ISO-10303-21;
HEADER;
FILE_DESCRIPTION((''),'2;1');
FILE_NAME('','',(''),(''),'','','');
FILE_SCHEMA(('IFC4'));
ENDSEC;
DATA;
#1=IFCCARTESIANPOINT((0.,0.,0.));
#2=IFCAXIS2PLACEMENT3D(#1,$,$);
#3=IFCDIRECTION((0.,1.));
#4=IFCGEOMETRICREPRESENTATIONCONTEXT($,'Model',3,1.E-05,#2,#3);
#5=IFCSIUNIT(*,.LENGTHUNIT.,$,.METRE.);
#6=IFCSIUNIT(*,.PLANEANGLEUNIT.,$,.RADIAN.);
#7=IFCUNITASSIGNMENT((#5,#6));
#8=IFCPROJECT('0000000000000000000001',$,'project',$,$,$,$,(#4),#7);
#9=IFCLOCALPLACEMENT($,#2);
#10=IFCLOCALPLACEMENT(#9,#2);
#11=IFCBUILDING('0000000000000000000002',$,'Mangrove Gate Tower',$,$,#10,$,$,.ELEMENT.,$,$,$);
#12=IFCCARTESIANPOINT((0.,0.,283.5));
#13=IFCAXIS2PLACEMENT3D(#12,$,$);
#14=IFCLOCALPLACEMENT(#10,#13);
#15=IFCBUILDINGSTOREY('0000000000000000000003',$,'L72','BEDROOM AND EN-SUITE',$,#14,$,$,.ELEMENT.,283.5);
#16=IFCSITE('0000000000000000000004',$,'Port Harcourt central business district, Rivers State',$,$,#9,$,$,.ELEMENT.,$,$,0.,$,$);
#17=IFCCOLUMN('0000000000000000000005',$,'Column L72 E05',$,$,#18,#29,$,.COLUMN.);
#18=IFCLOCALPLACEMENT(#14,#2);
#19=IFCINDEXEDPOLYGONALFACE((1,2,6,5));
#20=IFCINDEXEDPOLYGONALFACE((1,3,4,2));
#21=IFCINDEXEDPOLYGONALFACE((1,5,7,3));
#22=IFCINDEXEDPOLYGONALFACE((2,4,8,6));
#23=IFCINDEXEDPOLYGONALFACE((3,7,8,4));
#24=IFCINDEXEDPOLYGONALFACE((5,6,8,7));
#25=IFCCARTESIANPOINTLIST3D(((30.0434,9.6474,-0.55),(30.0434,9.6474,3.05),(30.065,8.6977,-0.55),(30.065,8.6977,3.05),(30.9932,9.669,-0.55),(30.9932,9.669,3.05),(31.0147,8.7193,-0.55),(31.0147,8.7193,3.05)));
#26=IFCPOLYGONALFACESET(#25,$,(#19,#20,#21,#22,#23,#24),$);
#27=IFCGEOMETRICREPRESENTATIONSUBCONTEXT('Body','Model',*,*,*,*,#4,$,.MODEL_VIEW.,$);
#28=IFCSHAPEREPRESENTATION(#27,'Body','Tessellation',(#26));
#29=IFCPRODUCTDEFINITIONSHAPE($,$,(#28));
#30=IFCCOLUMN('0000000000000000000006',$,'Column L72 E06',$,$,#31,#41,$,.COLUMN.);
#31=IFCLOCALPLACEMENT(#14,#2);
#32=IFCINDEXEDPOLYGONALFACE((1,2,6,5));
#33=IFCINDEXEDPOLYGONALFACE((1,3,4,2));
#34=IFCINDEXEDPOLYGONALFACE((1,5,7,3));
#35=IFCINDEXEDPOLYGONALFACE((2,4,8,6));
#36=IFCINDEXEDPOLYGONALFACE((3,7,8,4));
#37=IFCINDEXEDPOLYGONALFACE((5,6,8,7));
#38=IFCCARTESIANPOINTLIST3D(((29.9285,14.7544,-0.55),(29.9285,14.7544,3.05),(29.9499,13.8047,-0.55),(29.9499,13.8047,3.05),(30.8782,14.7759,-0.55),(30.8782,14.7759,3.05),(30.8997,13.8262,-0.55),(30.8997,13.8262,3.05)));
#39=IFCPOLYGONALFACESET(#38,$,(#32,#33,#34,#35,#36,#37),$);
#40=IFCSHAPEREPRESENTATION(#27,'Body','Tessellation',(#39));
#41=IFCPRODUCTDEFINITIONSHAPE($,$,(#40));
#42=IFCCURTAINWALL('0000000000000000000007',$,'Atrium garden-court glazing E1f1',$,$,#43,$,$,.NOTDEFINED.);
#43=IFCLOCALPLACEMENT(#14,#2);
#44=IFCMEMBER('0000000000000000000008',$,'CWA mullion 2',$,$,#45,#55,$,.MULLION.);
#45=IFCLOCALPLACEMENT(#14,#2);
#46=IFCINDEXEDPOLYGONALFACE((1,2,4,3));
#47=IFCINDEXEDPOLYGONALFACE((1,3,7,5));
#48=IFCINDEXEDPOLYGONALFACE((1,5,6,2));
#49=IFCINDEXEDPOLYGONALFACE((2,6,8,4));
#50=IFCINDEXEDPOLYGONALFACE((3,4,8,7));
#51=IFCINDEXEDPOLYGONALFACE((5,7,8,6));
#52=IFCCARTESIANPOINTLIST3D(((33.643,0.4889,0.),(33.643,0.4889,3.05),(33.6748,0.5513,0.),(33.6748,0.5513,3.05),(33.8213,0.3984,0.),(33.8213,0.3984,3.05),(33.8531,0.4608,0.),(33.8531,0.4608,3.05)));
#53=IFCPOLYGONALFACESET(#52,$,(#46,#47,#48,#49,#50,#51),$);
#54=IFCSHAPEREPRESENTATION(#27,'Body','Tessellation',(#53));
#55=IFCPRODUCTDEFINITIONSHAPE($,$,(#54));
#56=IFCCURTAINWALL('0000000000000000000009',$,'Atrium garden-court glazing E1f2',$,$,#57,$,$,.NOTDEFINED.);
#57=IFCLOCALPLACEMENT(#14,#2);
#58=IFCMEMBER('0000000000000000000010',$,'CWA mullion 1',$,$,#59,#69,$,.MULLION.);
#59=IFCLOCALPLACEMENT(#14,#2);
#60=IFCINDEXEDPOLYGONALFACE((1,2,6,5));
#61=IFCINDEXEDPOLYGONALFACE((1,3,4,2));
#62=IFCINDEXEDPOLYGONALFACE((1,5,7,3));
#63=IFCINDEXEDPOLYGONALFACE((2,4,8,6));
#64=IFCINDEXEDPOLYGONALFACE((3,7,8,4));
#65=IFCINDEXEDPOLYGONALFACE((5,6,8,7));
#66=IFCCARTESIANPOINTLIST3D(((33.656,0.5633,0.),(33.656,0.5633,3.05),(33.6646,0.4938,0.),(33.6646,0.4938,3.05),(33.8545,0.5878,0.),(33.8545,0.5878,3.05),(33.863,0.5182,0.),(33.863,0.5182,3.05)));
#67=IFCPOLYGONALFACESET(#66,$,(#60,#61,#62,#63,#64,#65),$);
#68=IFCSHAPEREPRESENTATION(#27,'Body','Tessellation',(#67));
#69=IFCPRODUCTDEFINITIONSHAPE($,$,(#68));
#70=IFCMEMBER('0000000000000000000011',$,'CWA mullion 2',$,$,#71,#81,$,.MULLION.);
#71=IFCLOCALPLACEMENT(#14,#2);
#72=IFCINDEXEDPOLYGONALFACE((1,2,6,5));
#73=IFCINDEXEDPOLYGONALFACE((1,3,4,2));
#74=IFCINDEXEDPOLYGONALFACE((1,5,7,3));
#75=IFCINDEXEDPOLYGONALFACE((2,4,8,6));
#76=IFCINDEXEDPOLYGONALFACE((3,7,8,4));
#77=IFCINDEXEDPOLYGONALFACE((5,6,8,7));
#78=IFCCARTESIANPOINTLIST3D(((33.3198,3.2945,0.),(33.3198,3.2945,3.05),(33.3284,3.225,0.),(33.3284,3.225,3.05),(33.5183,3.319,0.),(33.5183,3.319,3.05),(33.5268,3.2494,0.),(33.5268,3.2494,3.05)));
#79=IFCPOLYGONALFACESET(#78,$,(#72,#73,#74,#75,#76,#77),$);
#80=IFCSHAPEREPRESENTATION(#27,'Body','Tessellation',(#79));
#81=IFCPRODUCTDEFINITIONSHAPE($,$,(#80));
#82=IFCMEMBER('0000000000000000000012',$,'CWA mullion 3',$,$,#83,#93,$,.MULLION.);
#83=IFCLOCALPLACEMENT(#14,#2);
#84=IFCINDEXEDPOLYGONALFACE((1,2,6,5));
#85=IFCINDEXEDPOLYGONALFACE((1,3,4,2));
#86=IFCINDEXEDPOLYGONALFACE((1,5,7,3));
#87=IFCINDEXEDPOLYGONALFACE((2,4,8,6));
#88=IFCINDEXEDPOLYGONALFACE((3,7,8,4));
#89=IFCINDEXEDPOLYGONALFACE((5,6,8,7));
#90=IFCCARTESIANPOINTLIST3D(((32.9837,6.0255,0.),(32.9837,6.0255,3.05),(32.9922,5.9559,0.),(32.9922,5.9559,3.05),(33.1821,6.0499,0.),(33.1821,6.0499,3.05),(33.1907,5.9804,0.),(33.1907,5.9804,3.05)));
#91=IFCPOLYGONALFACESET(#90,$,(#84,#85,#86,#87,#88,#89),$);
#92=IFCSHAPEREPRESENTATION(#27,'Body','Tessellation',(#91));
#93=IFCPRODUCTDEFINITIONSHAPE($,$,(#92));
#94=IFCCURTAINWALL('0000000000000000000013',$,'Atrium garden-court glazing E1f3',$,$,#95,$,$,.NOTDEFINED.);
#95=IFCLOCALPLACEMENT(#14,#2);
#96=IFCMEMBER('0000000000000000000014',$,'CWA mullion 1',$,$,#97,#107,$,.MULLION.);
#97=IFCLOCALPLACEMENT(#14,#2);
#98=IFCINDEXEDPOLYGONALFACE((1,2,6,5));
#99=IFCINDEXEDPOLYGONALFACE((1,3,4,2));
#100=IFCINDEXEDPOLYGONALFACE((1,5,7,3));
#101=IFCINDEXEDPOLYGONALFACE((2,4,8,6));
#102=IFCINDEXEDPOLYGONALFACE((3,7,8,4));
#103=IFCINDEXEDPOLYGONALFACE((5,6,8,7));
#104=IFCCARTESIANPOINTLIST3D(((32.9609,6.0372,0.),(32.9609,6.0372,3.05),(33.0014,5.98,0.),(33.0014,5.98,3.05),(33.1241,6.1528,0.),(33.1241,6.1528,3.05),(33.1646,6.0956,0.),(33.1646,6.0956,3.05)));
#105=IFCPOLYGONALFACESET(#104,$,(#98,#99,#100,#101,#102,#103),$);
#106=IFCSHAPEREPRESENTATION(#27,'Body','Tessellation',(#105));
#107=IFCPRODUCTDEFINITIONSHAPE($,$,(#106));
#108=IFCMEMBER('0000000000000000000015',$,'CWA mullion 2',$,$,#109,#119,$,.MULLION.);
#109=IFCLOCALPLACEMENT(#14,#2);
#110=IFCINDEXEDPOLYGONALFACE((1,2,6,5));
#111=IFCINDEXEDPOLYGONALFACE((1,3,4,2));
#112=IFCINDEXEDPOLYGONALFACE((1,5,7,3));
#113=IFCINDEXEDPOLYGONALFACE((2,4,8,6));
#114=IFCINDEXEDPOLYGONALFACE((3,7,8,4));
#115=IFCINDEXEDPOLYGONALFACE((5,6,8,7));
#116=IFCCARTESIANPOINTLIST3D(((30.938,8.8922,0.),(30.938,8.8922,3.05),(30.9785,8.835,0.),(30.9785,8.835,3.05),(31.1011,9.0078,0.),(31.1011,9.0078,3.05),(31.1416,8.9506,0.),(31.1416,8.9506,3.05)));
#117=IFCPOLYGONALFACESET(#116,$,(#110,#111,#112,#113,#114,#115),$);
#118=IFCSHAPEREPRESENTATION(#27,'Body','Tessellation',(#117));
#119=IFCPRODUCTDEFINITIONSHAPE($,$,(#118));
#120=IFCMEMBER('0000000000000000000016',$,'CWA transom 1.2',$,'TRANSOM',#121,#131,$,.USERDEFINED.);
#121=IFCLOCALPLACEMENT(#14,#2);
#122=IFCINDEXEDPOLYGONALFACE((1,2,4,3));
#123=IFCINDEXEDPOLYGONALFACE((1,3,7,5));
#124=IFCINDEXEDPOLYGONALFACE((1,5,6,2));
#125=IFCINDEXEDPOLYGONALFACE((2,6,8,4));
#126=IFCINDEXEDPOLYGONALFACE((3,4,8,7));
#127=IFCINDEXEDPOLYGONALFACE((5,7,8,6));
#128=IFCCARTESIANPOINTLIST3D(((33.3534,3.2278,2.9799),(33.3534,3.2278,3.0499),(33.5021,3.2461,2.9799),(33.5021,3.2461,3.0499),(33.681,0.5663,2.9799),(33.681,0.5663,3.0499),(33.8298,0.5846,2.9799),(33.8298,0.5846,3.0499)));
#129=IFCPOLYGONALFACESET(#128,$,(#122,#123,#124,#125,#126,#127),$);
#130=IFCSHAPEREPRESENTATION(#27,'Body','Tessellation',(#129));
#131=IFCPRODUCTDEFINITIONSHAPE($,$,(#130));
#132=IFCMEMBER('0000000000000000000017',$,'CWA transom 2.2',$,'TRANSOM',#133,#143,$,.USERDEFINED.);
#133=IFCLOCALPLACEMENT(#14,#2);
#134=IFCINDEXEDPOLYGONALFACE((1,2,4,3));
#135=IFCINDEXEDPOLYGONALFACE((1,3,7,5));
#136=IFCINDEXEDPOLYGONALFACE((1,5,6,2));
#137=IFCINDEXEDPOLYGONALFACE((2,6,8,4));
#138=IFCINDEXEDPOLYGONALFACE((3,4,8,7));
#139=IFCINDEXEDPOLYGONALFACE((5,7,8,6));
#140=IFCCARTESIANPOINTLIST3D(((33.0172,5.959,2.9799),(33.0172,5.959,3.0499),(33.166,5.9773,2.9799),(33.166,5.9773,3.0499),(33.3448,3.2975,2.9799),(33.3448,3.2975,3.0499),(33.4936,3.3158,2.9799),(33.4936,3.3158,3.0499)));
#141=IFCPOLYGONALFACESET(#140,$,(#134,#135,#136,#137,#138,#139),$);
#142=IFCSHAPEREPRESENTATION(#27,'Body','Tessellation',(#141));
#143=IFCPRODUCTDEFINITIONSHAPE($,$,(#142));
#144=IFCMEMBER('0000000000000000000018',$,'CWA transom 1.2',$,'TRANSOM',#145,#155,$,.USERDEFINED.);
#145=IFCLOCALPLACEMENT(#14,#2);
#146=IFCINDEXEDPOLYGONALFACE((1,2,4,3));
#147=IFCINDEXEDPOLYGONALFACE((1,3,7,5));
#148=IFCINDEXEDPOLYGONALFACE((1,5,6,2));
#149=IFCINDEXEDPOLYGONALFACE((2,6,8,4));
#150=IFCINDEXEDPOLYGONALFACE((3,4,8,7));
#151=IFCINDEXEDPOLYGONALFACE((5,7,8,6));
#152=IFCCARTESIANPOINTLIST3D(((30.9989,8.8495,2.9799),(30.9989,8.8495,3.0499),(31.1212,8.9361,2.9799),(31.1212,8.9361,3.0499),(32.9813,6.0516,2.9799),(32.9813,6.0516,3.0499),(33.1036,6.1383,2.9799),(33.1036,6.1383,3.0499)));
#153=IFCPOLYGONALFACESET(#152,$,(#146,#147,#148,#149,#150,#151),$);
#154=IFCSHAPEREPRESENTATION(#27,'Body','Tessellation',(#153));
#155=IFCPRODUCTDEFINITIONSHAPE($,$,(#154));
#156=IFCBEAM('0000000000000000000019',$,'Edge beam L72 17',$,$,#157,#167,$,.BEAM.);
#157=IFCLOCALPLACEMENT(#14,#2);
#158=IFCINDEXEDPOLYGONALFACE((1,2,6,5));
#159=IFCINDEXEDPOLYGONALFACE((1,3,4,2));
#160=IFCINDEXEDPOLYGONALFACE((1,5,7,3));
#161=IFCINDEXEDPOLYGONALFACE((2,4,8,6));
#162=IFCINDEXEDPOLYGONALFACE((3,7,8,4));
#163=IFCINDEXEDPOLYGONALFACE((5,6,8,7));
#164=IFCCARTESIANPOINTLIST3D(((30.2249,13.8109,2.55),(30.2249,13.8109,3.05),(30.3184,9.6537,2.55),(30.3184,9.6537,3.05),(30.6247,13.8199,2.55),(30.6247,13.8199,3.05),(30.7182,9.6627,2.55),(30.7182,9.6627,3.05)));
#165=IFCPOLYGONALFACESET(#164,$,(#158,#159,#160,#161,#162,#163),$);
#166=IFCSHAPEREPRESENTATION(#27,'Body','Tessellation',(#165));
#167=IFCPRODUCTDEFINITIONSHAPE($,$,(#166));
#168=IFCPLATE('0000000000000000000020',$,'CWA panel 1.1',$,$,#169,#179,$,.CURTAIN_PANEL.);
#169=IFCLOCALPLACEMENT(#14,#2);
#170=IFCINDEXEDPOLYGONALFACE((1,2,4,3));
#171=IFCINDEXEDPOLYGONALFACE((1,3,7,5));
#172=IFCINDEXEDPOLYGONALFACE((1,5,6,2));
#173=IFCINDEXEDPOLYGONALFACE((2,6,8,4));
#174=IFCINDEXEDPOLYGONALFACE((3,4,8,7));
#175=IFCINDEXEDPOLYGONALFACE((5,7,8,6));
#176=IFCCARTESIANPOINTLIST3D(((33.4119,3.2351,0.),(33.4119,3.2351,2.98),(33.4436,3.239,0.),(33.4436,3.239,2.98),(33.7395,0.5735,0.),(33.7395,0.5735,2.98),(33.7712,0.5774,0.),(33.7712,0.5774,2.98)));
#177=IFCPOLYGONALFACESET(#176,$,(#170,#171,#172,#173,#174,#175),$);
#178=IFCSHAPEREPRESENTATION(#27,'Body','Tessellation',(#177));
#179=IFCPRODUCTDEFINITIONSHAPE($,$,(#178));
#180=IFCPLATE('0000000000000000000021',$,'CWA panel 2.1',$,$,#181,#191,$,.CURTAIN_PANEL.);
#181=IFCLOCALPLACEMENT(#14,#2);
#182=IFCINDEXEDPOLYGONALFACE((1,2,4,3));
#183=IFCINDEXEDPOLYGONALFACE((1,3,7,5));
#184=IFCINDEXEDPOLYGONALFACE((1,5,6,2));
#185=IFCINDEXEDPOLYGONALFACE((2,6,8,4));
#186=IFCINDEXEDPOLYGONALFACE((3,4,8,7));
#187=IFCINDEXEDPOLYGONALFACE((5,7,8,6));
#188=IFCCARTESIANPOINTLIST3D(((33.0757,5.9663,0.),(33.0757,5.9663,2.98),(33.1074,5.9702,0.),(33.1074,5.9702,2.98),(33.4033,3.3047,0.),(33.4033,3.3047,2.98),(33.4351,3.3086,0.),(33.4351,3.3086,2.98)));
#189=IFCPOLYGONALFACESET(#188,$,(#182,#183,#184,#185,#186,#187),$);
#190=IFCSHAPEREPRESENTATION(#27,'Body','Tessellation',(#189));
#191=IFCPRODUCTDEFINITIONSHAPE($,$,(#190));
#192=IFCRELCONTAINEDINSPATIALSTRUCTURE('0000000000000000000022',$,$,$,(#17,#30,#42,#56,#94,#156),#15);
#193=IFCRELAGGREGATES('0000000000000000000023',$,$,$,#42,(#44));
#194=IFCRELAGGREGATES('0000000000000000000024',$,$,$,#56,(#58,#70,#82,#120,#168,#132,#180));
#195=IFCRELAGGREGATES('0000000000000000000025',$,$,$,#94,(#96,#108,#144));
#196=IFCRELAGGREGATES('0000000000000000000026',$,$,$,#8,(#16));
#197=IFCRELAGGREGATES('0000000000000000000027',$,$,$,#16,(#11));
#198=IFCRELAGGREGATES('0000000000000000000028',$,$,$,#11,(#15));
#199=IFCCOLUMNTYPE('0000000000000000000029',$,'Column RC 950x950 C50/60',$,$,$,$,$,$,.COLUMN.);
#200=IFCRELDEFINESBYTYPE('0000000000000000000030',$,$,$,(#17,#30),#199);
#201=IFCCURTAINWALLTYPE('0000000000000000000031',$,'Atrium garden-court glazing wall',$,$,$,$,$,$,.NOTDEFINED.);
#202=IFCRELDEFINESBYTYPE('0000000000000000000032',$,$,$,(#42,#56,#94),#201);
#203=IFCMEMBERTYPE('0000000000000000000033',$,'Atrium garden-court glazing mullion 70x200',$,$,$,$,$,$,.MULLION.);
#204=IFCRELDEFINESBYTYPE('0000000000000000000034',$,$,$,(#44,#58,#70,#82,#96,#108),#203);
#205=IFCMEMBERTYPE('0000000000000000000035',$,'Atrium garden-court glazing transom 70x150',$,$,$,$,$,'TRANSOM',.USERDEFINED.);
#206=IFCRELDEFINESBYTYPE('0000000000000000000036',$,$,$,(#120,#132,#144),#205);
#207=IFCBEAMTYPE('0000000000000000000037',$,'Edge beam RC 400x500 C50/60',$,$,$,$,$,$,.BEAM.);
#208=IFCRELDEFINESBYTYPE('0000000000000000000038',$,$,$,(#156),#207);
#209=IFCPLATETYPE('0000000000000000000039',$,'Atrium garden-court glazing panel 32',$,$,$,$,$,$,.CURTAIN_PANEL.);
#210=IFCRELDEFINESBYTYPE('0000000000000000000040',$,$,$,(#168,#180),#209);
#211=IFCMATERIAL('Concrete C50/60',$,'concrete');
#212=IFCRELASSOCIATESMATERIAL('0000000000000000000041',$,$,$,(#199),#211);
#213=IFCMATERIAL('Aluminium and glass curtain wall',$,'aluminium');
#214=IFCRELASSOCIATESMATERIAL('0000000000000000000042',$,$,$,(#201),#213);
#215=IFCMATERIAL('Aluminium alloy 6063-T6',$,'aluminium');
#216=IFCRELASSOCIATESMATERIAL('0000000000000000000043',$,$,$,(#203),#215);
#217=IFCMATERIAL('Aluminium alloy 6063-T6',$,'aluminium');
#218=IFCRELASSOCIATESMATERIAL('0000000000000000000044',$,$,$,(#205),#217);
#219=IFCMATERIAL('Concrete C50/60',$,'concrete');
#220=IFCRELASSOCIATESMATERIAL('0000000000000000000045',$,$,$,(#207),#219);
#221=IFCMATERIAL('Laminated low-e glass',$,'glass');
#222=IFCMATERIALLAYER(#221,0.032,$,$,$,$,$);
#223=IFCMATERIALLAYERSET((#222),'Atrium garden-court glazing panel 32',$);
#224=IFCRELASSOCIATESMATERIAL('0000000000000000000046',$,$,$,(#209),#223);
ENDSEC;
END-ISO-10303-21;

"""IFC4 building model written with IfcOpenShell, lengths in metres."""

from ifc_helpers import new_model, si_unit, direction, frame, origin, origin_2d, place, context, subcontext, project, spatial, rectangle, extrude, material, layer, layer_set, material_profile, profile_set, type_object, element, aggregate, save


model = new_model("IFC4")

# Units and contexts
model_context = context("Model", 3, precision=1e-05, world=origin(), true_north=direction((0.0, 1.0)))
body_context = subcontext(model_context, "Body", "Model", "MODEL_VIEW")
ifc_project = project(units=[si_unit("LENGTHUNIT", "METRE"), si_unit("PLANEANGLEUNIT", "RADIAN")], contexts=[model_context])

# Site, building, storey
site_placement = place(None, origin())
site = spatial("IfcSite", under=ifc_project, at=site_placement, Name="Port Harcourt central business district, Rivers State", CompositionType="ELEMENT", RefElevation=0.0)
building_placement = place(site_placement, origin())
building = spatial("IfcBuilding", under=site, at=building_placement, Name="Mangrove Gate Tower", CompositionType="ELEMENT")
storey_placement = place(building_placement, frame((0.0, 0.0, 283.5)))
storey = spatial("IfcBuildingStorey", under=building, at=storey_placement, Name="L72", Description="BEDROOM AND EN-SUITE", CompositionType="ELEMENT", Elevation=283.5)

# Columns
ifc_material_1 = material(Name="Concrete C50/60", Category="concrete")
ifc_material_profile_1 = material_profile(ifc_material_1, rectangle(XDim=0.95, YDim=0.95, at=origin_2d()))
ifc_profile_set_1 = profile_set([ifc_material_profile_1], Name="Concrete C50/60")
column_type = type_object("IfcColumnType", Name="Column RC 950x950 C50/60", PredefinedType="COLUMN", material=ifc_profile_set_1)
for number, where, z_axis, x_axis, name in (
    (1, (30.5291, 9.1833, -0.55), (0.0, 0.0, 1.0), (-0.022642, 0.999744, 0.0), "Column L72 E05"),
    (2, (30.4141, 14.2903, -0.55), (0.0, 0.0, 1.0), (-0.02261, 0.999744, 0.0), "Column L72 E06"),
):
    element("IfcColumn", number, at=place(storey_placement, frame(where, z_axis=z_axis, x_axis=x_axis)), inside=storey, type_object=column_type, Name=name, PredefinedType="COLUMN", context=body_context, shape_type="SweptSolid", body=[
        extrude(rectangle(XDim=0.95, YDim=0.95, at=origin_2d()), origin(), (0.0, 0.0, 1.0), 3.6001),
    ])

# Curtain wall, member
ifc_material_2 = material(Name="Aluminium and glass curtain wall", Category="aluminium")
curtain_wall_type = type_object("IfcCurtainWallType", Name="Atrium garden-court glazing wall", PredefinedType="NOTDEFINED", material=ifc_material_2)
curtain_wall_1_placement = place(storey_placement, origin())
curtain_wall_1 = element("IfcCurtainWall", 3, at=curtain_wall_1_placement, inside=storey, type_object=curtain_wall_type, Name="Atrium garden-court glazing E1f1", PredefinedType="NOTDEFINED")
ifc_material_3 = material(Name="Aluminium alloy 6063-T6", Category="aluminium")
ifc_material_profile_2 = material_profile(ifc_material_3, rectangle(XDim=0.0701, YDim=0.2, at=origin_2d()))
ifc_profile_set_2 = profile_set([ifc_material_profile_2], Name="Aluminium alloy 6063-T6")
member_type_1 = type_object("IfcMemberType", Name="Atrium garden-court glazing mullion 70x200", PredefinedType="MULLION", material=ifc_profile_set_2)
member_1_placement = place(storey_placement, frame((33.748, 0.4749, 0.0), z_axis=(0.0, 0.0, 1.0), x_axis=(0.452617, 0.891705, 0.0)))
member_1 = element("IfcMember", 4, at=member_1_placement, type_object=member_type_1, Name="CWA mullion 2", PredefinedType="MULLION", context=body_context, shape_type="SweptSolid", body=[
    extrude(rectangle(XDim=0.0701, YDim=0.2, at=origin_2d()), origin(), (0.0, 0.0, 1.0), 3.05),
])
aggregate(curtain_wall_1, [member_1])

# Curtain walls, members
curtain_wall_2_placement = place(storey_placement, origin())
curtain_wall_2 = element("IfcCurtainWall", 5, at=curtain_wall_2_placement, inside=storey, type_object=curtain_wall_type, Name="Atrium garden-court glazing E1f2", PredefinedType="NOTDEFINED")
member_2_placement = place(storey_placement, frame((33.7595, 0.5408, 0.0), z_axis=(0.0, 0.0, 1.0), x_axis=(-0.122172, 0.992509, 0.0)))
member_2 = element("IfcMember", 6, at=member_2_placement, type_object=member_type_1, Name="CWA mullion 1", PredefinedType="MULLION", context=body_context, shape_type="SweptSolid", body=[
    extrude(rectangle(XDim=0.0701, YDim=0.2, at=origin_2d()), origin(), (0.0, 0.0, 1.0), 3.05),
])
member_3_placement = place(storey_placement, frame((33.4233, 3.272, 0.0), z_axis=(0.0, 0.0, 1.0), x_axis=(-0.122172, 0.992509, 0.0)))
member_3 = element("IfcMember", 7, at=member_3_placement, type_object=member_type_1, Name="CWA mullion 2", PredefinedType="MULLION", context=body_context, shape_type="SweptSolid", body=[
    extrude(rectangle(XDim=0.0701, YDim=0.2, at=origin_2d()), origin(), (0.0, 0.0, 1.0), 3.05),
])
member_4_placement = place(storey_placement, frame((33.0872, 6.0029, 0.0), z_axis=(0.0, 0.0, 1.0), x_axis=(-0.122172, 0.992509, 0.0)))
member_4 = element("IfcMember", 8, at=member_4_placement, type_object=member_type_1, Name="CWA mullion 3", PredefinedType="MULLION", context=body_context, shape_type="SweptSolid", body=[
    extrude(rectangle(XDim=0.0701, YDim=0.2, at=origin_2d()), origin(), (0.0, 0.0, 1.0), 3.05),
])
curtain_wall_3_placement = place(storey_placement, origin())
curtain_wall_3 = element("IfcCurtainWall", 9, at=curtain_wall_3_placement, inside=storey, type_object=curtain_wall_type, Name="Atrium garden-court glazing E1f3", PredefinedType="NOTDEFINED")
member_5_placement = place(storey_placement, frame((33.0627, 6.0664, 0.0), z_axis=(0.0, 0.0, 1.0), x_axis=(-0.578135, 0.815941, 0.0)))
member_5 = element("IfcMember", 10, at=member_5_placement, type_object=member_type_1, Name="CWA mullion 1", PredefinedType="MULLION", context=body_context, shape_type="SweptSolid", body=[
    extrude(rectangle(XDim=0.0701, YDim=0.2, at=origin_2d()), origin(), (0.0, 0.0, 1.0), 3.05),
])
member_6_placement = place(storey_placement, frame((31.0398, 8.9214, 0.0), z_axis=(0.0, 0.0, 1.0), x_axis=(-0.578135, 0.815941, 0.0)))
member_6 = element("IfcMember", 11, at=member_6_placement, type_object=member_type_1, Name="CWA mullion 2", PredefinedType="MULLION", context=body_context, shape_type="SweptSolid", body=[
    extrude(rectangle(XDim=0.0701, YDim=0.2, at=origin_2d()), origin(), (0.0, 0.0, 1.0), 3.05),
])

# Members
ifc_material_4 = material(Name="Aluminium alloy 6063-T6", Category="aluminium")
ifc_material_profile_3 = material_profile(ifc_material_4, rectangle(XDim=0.0701, YDim=0.1499, at=origin_2d()))
ifc_profile_set_3 = profile_set([ifc_material_profile_3], Name="Aluminium alloy 6063-T6")
member_type_2 = type_object("IfcMemberType", Name="Atrium garden-court glazing transom 70x150", ElementType="TRANSOM", PredefinedType="USERDEFINED", material=ifc_profile_set_3)
member_7_placement = place(storey_placement, frame((33.7554, 0.5754, 3.0149), z_axis=(-0.122175, 0.992509, 0.0), x_axis=(0.0, 0.0, 1.0)))
member_7 = element("IfcMember", 12, at=member_7_placement, type_object=member_type_2, Name="CWA transom 1.2", ObjectType="TRANSOM", PredefinedType="USERDEFINED", context=body_context, shape_type="SweptSolid", body=[
    extrude(rectangle(XDim=0.0701, YDim=0.1499, at=origin_2d()), origin(), (0.0, 0.0, 1.0), 2.6816),
])
member_8_placement = place(storey_placement, frame((33.4192, 3.3066, 3.0149), z_axis=(-0.122175, 0.992509, 0.0), x_axis=(0.0, 0.0, 1.0)))
member_8 = element("IfcMember", 13, at=member_8_placement, type_object=member_type_2, Name="CWA transom 2.2", ObjectType="TRANSOM", PredefinedType="USERDEFINED", context=body_context, shape_type="SweptSolid", body=[
    extrude(rectangle(XDim=0.0701, YDim=0.1499, at=origin_2d()), origin(), (0.0, 0.0, 1.0), 2.6816),
])
member_9_placement = place(storey_placement, frame((33.0425, 6.095, 3.0149), z_axis=(-0.578136, 0.815941, 0.0), x_axis=(0.0, 0.0, 1.0)))
member_9 = element("IfcMember", 14, at=member_9_placement, type_object=member_type_2, Name="CWA transom 1.2", ObjectType="TRANSOM", PredefinedType="USERDEFINED", context=body_context, shape_type="SweptSolid", body=[
    extrude(rectangle(XDim=0.0701, YDim=0.1499, at=origin_2d()), origin(), (0.0, 0.0, 1.0), 3.429),
])

# Beam
ifc_material_5 = material(Name="Concrete C50/60", Category="concrete")
ifc_material_profile_4 = material_profile(ifc_material_5, rectangle(XDim=0.3999, YDim=0.5, at=origin_2d()))
ifc_profile_set_4 = profile_set([ifc_material_profile_4], Name="Concrete C50/60")
beam_type = type_object("IfcBeamType", Name="Edge beam RC 400x500 C50/60", PredefinedType="BEAM", material=ifc_profile_set_4)
beam_placement = place(storey_placement, frame((30.5183, 9.6582, 2.8), z_axis=(-0.022487, 0.999747, 0.0), x_axis=(-0.999747, -0.022487, 0.0)))
element("IfcBeam", 15, at=beam_placement, inside=storey, type_object=beam_type, Name="Edge beam L72 17", PredefinedType="BEAM", context=body_context, shape_type="SweptSolid", body=[
    extrude(rectangle(XDim=0.3999, YDim=0.5, at=origin_2d()), origin(), (0.0, 0.0, 1.0), 4.1582),
])

# Plates
ifc_material_6 = material(Name="Laminated low-e glass", Category="glass")
ifc_layer_1 = layer(ifc_material_6, 0.032)
ifc_layer_set_1 = layer_set([ifc_layer_1], Name="Atrium garden-court glazing panel 32")
plate_type = type_object("IfcPlateType", Name="Atrium garden-court glazing panel 32", PredefinedType="CURTAIN_PANEL", material=ifc_layer_set_1)
plate_1_placement = place(storey_placement, frame((33.5916, 1.9062, 0.0), z_axis=(0.0, 0.0, 1.0), x_axis=(-0.122172, 0.992509, 0.0)))
plate_1 = element("IfcPlate", 16, at=plate_1_placement, type_object=plate_type, Name="CWA panel 1.1", PredefinedType="CURTAIN_PANEL", context=body_context, shape_type="SweptSolid", body=[
    extrude(rectangle(XDim=2.6816, YDim=0.032, at=origin_2d()), origin(), (0.0, 0.0, 1.0), 2.98),
])
plate_2_placement = place(storey_placement, frame((33.2554, 4.6375, 0.0), z_axis=(0.0, 0.0, 1.0), x_axis=(-0.122172, 0.992509, 0.0)))
plate_2 = element("IfcPlate", 17, at=plate_2_placement, type_object=plate_type, Name="CWA panel 2.1", PredefinedType="CURTAIN_PANEL", context=body_context, shape_type="SweptSolid", body=[
    extrude(rectangle(XDim=2.6816, YDim=0.032, at=origin_2d()), origin(), (0.0, 0.0, 1.0), 2.98),
])
aggregate(curtain_wall_2, [member_2, member_3, member_4, member_7, plate_1, member_8, plate_2])
aggregate(curtain_wall_3, [member_5, member_6, member_9])

save(model, "model.ifc")
